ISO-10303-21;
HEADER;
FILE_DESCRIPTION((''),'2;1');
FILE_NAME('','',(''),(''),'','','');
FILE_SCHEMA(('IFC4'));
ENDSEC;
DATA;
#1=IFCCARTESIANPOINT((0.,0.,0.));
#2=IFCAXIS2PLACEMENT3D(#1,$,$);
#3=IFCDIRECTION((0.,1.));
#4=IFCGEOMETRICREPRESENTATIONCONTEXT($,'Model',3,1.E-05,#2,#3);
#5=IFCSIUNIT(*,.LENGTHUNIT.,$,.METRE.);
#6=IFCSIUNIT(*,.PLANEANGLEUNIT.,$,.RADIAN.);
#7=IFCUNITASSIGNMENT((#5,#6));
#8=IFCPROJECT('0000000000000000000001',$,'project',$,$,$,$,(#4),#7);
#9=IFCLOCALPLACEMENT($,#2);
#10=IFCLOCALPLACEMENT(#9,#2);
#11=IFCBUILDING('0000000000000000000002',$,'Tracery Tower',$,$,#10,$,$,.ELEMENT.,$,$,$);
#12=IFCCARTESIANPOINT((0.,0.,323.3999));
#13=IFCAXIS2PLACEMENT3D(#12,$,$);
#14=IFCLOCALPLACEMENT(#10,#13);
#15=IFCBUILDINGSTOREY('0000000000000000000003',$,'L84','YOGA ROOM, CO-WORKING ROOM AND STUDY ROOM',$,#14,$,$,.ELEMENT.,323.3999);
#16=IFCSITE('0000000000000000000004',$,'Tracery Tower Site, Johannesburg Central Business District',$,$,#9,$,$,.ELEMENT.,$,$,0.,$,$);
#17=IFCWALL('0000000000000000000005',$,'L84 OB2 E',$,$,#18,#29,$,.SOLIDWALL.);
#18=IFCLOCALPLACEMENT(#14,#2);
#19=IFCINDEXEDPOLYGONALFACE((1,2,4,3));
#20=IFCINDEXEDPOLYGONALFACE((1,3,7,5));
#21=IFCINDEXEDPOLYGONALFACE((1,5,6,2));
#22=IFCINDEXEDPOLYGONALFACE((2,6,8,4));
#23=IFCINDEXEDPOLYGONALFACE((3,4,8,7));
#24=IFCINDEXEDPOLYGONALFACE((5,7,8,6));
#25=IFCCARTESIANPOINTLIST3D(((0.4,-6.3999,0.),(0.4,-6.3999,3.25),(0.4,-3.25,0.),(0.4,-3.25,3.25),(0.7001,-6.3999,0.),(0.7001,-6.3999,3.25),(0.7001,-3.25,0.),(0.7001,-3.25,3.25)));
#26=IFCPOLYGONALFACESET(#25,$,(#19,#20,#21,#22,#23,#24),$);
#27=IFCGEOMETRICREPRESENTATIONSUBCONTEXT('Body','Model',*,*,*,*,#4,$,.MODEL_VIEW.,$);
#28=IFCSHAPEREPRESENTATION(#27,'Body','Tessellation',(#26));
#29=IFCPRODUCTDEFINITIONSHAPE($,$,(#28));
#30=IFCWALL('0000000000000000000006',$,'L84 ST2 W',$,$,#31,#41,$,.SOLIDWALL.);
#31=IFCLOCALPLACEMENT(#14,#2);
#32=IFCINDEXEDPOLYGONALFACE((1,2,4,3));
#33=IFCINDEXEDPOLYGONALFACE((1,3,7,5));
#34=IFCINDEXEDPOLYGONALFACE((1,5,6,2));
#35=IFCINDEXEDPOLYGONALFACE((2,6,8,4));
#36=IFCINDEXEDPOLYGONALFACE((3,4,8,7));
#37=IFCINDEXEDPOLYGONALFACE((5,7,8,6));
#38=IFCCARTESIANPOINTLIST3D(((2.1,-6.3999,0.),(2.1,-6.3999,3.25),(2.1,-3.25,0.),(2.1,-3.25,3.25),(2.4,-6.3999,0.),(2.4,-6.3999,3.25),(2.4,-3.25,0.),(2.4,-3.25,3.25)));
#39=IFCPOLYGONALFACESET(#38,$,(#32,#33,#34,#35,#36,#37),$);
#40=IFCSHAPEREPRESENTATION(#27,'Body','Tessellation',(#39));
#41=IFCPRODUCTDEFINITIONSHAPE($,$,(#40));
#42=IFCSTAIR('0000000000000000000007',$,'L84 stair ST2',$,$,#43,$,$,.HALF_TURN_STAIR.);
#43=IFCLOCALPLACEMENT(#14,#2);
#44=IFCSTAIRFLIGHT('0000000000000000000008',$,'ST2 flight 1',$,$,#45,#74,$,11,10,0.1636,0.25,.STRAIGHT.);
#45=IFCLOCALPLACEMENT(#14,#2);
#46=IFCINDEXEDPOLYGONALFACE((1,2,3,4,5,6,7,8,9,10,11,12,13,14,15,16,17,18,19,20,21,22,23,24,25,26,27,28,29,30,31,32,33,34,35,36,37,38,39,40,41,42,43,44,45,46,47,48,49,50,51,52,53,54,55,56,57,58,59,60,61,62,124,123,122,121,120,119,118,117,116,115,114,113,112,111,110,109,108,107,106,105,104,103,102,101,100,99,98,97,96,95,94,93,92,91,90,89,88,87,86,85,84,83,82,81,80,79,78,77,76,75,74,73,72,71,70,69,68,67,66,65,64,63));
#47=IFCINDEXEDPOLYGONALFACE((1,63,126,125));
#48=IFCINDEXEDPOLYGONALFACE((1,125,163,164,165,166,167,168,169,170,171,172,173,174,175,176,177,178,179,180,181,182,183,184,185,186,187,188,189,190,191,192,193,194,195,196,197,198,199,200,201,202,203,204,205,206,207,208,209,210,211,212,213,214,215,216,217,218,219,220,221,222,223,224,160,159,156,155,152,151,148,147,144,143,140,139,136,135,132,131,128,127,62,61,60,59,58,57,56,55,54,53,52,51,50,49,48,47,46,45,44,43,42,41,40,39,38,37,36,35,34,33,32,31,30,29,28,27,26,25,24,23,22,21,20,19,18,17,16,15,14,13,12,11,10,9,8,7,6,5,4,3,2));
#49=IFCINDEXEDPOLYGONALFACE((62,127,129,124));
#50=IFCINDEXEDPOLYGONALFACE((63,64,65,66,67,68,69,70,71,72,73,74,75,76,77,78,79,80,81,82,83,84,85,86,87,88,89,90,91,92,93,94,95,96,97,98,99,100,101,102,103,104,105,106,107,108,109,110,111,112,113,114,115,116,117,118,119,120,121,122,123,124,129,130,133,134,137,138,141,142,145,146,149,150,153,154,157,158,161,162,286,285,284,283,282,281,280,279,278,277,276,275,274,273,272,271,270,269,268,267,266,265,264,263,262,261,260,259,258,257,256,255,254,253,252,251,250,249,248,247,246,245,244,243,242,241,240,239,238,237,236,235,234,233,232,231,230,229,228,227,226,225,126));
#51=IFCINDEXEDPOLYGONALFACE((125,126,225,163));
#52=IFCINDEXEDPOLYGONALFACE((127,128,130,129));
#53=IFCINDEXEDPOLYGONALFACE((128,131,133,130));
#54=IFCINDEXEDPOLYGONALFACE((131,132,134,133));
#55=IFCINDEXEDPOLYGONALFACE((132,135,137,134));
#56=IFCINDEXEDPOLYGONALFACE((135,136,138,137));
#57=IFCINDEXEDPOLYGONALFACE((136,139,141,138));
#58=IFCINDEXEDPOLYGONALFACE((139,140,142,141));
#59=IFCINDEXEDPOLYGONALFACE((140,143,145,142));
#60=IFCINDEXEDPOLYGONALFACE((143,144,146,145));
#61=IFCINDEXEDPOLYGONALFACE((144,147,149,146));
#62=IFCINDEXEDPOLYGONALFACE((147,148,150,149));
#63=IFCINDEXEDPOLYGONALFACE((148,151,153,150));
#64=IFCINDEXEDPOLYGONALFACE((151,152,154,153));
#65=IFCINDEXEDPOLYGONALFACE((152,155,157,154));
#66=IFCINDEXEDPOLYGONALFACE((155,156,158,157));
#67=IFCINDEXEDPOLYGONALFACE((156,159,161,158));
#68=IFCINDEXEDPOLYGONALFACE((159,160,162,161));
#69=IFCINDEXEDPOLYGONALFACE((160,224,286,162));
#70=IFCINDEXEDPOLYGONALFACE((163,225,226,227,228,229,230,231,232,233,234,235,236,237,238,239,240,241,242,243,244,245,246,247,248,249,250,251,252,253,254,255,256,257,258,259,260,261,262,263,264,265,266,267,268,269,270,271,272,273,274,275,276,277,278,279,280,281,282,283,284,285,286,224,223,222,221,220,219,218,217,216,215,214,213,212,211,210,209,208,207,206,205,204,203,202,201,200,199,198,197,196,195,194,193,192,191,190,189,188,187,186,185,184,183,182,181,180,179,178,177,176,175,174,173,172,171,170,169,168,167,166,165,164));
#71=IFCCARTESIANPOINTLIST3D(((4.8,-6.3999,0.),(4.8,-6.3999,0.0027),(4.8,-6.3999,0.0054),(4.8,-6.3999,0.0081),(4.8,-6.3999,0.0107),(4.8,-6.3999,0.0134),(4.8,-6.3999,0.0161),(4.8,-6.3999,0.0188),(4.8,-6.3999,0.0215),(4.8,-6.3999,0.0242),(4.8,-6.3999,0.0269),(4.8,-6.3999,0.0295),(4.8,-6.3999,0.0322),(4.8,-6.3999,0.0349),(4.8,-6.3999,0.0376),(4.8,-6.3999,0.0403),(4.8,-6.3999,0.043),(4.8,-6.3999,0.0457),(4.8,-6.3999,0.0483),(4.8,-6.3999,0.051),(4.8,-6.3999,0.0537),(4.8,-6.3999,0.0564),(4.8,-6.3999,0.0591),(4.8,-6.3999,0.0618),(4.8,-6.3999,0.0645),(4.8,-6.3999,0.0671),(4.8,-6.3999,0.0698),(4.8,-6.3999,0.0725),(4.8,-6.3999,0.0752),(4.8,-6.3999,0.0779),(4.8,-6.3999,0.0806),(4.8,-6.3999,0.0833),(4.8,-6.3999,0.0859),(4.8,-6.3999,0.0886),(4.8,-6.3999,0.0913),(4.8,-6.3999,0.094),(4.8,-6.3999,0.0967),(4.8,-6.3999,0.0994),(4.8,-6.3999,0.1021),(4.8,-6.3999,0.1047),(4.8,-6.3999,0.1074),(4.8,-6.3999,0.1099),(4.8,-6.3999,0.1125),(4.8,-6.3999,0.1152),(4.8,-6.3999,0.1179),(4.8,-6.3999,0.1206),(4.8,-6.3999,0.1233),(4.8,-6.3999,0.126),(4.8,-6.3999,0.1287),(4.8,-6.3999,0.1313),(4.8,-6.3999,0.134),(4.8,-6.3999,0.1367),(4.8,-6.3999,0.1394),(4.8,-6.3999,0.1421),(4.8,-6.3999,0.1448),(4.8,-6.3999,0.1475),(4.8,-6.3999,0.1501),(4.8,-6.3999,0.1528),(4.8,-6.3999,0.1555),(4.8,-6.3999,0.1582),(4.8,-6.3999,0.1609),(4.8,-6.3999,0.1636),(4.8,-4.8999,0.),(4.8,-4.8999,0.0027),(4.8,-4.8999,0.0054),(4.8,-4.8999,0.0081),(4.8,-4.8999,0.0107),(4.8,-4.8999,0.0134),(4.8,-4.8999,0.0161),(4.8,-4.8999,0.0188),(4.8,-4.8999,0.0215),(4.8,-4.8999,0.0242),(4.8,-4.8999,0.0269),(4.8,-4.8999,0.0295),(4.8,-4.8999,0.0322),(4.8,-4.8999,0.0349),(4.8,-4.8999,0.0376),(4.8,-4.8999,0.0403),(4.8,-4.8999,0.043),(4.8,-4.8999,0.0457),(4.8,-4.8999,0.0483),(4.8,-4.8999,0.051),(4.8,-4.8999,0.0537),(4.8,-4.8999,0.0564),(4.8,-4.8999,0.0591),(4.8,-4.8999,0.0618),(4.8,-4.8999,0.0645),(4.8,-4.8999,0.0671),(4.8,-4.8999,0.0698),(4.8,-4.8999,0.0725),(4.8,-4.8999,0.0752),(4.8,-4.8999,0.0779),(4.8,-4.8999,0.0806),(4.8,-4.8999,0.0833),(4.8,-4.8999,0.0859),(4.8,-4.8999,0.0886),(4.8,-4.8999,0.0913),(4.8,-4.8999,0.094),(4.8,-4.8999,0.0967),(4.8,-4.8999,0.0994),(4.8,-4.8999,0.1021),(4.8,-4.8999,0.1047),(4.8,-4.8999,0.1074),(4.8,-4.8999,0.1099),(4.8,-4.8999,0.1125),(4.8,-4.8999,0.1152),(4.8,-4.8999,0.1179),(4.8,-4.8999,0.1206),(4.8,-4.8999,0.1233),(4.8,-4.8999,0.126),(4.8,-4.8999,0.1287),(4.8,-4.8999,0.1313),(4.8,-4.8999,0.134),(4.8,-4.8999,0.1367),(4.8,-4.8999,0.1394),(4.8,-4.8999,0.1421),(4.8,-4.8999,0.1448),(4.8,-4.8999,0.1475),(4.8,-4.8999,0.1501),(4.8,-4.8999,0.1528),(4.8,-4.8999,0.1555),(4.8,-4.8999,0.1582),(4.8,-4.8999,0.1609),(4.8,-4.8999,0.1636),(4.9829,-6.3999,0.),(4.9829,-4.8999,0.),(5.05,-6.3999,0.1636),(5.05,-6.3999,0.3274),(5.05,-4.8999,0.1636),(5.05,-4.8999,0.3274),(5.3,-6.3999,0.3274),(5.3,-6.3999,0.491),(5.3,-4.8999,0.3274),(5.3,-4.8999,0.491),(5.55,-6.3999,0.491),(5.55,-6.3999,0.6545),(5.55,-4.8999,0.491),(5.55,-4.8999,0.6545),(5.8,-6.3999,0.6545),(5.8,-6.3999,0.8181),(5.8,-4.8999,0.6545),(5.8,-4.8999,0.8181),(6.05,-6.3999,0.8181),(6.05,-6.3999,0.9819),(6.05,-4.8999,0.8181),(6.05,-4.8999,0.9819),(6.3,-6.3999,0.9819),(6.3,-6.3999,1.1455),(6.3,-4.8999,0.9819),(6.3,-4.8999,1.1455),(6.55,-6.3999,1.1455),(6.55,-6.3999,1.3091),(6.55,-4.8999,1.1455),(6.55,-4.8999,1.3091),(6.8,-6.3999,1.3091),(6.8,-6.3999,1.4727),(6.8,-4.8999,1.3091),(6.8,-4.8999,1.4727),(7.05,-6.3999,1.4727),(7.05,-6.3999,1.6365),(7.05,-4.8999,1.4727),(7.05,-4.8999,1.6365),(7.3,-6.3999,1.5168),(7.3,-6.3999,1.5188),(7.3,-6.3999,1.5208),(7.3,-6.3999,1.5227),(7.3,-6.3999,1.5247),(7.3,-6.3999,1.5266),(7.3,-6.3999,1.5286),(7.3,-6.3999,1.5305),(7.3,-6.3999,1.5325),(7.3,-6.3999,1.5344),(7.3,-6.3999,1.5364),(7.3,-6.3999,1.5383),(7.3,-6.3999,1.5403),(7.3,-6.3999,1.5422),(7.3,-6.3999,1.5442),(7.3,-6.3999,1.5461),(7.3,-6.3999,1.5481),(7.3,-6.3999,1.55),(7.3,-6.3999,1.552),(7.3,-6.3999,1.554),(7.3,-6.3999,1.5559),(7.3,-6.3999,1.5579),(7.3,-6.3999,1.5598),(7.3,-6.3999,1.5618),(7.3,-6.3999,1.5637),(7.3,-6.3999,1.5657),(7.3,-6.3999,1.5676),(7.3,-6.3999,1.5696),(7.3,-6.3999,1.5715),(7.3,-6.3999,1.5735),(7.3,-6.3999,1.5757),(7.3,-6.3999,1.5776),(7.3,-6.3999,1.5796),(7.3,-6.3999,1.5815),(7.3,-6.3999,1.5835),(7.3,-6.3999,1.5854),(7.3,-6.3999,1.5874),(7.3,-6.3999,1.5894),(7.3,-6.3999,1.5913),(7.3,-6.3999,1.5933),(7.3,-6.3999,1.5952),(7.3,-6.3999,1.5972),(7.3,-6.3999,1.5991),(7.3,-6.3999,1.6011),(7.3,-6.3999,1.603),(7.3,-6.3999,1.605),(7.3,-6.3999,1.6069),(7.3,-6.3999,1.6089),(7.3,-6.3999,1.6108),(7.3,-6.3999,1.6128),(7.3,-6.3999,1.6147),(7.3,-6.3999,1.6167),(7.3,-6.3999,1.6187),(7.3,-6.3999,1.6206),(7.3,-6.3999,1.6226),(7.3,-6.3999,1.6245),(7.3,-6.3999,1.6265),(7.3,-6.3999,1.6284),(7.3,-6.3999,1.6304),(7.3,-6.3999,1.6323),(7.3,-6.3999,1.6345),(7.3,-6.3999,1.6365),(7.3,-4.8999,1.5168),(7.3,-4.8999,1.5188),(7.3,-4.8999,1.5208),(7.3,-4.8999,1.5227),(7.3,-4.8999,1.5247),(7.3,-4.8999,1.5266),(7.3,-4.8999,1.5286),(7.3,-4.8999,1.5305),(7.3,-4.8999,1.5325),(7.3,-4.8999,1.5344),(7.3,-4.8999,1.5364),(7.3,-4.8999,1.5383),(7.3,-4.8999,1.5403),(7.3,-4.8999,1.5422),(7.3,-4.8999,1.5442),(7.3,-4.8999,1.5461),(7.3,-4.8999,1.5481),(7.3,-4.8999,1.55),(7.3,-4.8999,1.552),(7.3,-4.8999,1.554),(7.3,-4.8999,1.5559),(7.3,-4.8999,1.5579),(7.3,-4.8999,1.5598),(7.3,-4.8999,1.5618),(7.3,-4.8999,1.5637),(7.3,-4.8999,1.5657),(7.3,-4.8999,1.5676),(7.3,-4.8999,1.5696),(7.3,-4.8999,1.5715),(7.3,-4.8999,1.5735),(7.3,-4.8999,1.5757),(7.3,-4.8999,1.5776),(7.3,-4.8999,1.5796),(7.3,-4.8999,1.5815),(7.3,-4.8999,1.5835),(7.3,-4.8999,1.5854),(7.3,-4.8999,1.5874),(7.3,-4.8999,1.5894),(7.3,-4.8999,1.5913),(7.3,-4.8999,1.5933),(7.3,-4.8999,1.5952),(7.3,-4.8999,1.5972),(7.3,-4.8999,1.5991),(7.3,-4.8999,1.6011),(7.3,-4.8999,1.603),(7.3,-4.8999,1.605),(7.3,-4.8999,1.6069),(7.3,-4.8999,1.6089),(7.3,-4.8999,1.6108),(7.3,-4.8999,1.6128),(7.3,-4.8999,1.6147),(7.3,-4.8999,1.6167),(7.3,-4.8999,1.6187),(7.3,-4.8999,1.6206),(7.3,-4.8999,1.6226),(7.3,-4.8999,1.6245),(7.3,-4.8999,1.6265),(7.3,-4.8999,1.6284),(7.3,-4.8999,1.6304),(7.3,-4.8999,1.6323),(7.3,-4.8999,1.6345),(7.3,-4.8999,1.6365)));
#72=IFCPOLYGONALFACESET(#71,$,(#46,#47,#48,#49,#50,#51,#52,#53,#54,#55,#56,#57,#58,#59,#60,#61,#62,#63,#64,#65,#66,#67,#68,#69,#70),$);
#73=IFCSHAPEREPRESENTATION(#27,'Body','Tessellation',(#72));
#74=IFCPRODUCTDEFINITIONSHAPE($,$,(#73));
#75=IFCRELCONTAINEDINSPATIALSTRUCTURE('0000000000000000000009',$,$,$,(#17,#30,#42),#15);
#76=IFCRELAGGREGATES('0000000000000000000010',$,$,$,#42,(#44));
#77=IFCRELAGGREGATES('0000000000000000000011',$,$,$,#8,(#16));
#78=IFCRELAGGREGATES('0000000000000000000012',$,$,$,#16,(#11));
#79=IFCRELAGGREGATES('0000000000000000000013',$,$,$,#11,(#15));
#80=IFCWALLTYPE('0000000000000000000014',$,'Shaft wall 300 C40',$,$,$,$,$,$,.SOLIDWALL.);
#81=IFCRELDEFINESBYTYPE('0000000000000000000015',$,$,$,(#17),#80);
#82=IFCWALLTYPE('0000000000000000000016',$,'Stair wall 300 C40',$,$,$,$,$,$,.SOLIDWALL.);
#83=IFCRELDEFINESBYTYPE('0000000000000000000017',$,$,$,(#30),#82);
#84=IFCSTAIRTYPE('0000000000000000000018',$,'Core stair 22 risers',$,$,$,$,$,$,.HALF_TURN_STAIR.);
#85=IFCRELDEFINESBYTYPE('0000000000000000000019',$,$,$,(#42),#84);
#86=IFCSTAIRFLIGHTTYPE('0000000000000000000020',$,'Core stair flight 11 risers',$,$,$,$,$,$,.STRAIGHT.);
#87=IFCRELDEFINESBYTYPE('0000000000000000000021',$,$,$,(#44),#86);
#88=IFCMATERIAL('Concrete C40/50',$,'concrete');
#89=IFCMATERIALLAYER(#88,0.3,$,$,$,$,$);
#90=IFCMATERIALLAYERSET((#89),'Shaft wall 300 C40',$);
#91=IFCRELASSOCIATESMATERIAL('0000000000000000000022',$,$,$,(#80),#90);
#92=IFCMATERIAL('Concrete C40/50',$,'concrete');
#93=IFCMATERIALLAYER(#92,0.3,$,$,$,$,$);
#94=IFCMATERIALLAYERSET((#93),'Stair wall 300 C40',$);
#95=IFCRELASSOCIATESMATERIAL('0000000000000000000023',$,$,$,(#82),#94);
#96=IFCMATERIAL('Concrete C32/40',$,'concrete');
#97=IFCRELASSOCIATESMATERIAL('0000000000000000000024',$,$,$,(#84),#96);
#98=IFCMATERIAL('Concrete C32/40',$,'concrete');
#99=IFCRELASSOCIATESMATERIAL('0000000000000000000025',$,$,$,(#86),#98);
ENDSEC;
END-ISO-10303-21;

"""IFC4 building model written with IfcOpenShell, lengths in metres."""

from ifc_helpers import new_model, si_unit, direction, frame, frame_2d, origin, place, context, subcontext, project, spatial, polyline, rectangle, outline, extrude, material, layer, layer_set, type_object, element, aggregate, save


model = new_model("IFC4")

# Units and contexts
model_context = context("Model", 3, precision=1e-05, world=origin(), true_north=direction((0.0, 1.0)))
body_context = subcontext(model_context, "Body", "Model", "MODEL_VIEW")
ifc_project = project(units=[si_unit("LENGTHUNIT", "METRE"), si_unit("PLANEANGLEUNIT", "RADIAN")], contexts=[model_context])

# Site, building, storey
site_placement = place(None, origin())
site = spatial("IfcSite", under=ifc_project, at=site_placement, Name="Tracery Tower Site, Johannesburg Central Business District", CompositionType="ELEMENT", RefElevation=0.0)
building_placement = place(site_placement, origin())
building = spatial("IfcBuilding", under=site, at=building_placement, Name="Tracery Tower", CompositionType="ELEMENT")
storey_placement = place(building_placement, frame((0.0, 0.0, 323.3999)))
storey = spatial("IfcBuildingStorey", under=building, at=storey_placement, Name="L84", Description="YOGA ROOM, CO-WORKING ROOM AND STUDY ROOM", CompositionType="ELEMENT", Elevation=323.3999)

# Wall
ifc_material_1 = material(Name="Concrete C40/50", Category="concrete")
ifc_layer_1 = layer(ifc_material_1, 0.3)
ifc_layer_set_1 = layer_set([ifc_layer_1], Name="Shaft wall 300 C40")
wall_type_1 = type_object("IfcWallType", Name="Shaft wall 300 C40", PredefinedType="SOLIDWALL", material=ifc_layer_set_1)
wall_1_placement = place(storey_placement, frame((0.55, -6.3999, 0.0), z_axis=(0.0, 0.0, 1.0), x_axis=(0.0, 1.0, 0.0)))
element("IfcWall", 1, at=wall_1_placement, inside=storey, type_object=wall_type_1, Name="L84 OB2 E", PredefinedType="SOLIDWALL", context=body_context, shape_type="SweptSolid", body=[
    extrude(rectangle(XDim=3.1499, YDim=0.3, at=frame_2d((1.575, 0.0))), origin(), (0.0, 0.0, 1.0), 3.25),
])

# Shared definitions
ifc_material_2 = material(Name="Concrete C40/50", Category="concrete")
ifc_layer_2 = layer(ifc_material_2, 0.3)
ifc_layer_set_2 = layer_set([ifc_layer_2], Name="Stair wall 300 C40")
wall_type_2 = type_object("IfcWallType", Name="Stair wall 300 C40", PredefinedType="SOLIDWALL", material=ifc_layer_set_2)

# Wall
wall_2_placement = place(storey_placement, frame((2.25, -6.3999, 0.0), z_axis=(0.0, 0.0, 1.0), x_axis=(0.0, 1.0, 0.0)))
element("IfcWall", 2, at=wall_2_placement, inside=storey, type_object=wall_type_2, Name="L84 ST2 W", PredefinedType="SOLIDWALL", context=body_context, shape_type="SweptSolid", body=[
    extrude(rectangle(XDim=3.1499, YDim=0.3, at=frame_2d((1.575, 0.0))), origin(), (0.0, 0.0, 1.0), 3.25),
])

# Stair, stair flight
ifc_material_3 = material(Name="Concrete C32/40", Category="concrete")
stair_type = type_object("IfcStairType", Name="Core stair 22 risers", PredefinedType="HALF_TURN_STAIR", material=ifc_material_3)
stair_placement = place(storey_placement, origin())
stair = element("IfcStair", 3, at=stair_placement, inside=storey, type_object=stair_type, Name="L84 stair ST2", PredefinedType="HALF_TURN_STAIR")
ifc_material_4 = material(Name="Concrete C32/40", Category="concrete")
stair_flight_type = type_object("IfcStairFlightType", Name="Core stair flight 11 risers", PredefinedType="STRAIGHT", material=ifc_material_4)
stair_flight_placement = place(storey_placement, frame((4.8, -5.6499, 0.0), z_axis=(0.0, 0.0, 1.0), x_axis=(1.0, 0.0, 0.0)))
stair_flight = element("IfcStairFlight", 4, at=stair_flight_placement, type_object=stair_flight_type, Name="ST2 flight 1", NumberOfRisers=11, NumberOfTreads=10, PredefinedType="STRAIGHT", RiserHeight=0.1636, TreadLength=0.25, context=body_context, shape_type="SweptSolid", body=[
    extrude(outline(polyline([(0.0, 0.0), (0.0, 0.0027), (0.0, 0.0054), (0.0, 0.0081), (0.0, 0.0107), (0.0, 0.0134), (0.0, 0.0161), (0.0, 0.0188), (0.0, 0.0215), (0.0, 0.0242), (0.0, 0.0269), (0.0, 0.0295), (0.0, 0.0322), (0.0, 0.0349), (0.0, 0.0376), (0.0, 0.0403), (0.0, 0.043), (0.0, 0.0457), (0.0, 0.0483), (0.0, 0.051), (0.0, 0.0537), (0.0, 0.0564), (0.0, 0.0591), (0.0, 0.0618), (0.0, 0.0645), (0.0, 0.0671), (0.0, 0.0698), (0.0, 0.0725), (0.0, 0.0752), (0.0, 0.0779), (0.0, 0.0806), (0.0, 0.0833), (0.0, 0.0859), (0.0, 0.0886), (0.0, 0.0913), (0.0, 0.094), (0.0, 0.0967), (0.0, 0.0994), (0.0, 0.1021), (0.0, 0.1047), (0.0, 0.1074), (0.0, 0.1099), (0.0, 0.1125), (0.0, 0.1152), (0.0, 0.1179), (0.0, 0.1206), (0.0, 0.1233), (0.0, 0.126), (0.0, 0.1287), (0.0, 0.1313), (0.0, 0.134), (0.0, 0.1367), (0.0, 0.1394), (0.0, 0.1421), (0.0, 0.1448), (0.0, 0.1475), (0.0, 0.1501), (0.0, 0.1528), (0.0, 0.1555), (0.0, 0.1582), (0.0, 0.1609), (0.0, 0.1636), (0.25, 0.1636), (0.25, 0.3274), (0.5, 0.3274), (0.5, 0.491), (0.75, 0.491), (0.75, 0.6545), (1.0, 0.6545), (1.0, 0.8181), (1.25, 0.8181), (1.25, 0.9819), (1.5, 0.9819), (1.5, 1.1455), (1.75, 1.1455), (1.75, 1.3091), (2.0, 1.3091), (2.0, 1.4727), (2.25, 1.4727), (2.25, 1.6365), (2.5, 1.6365), (2.5, 1.6345), (2.5, 1.6323), (2.5, 1.6304), (2.5, 1.6284), (2.5, 1.6265), (2.5, 1.6245), (2.5, 1.6226), (2.5, 1.6206), (2.5, 1.6187), (2.5, 1.6167), (2.5, 1.6147), (2.5, 1.6128), (2.5, 1.6108), (2.5, 1.6089), (2.5, 1.6069), (2.5, 1.605), (2.5, 1.603), (2.5, 1.6011), (2.5, 1.5991), (2.5, 1.5972), (2.5, 1.5952), (2.5, 1.5933), (2.5, 1.5913), (2.5, 1.5894), (2.5, 1.5874), (2.5, 1.5854), (2.5, 1.5835), (2.5, 1.5815), (2.5, 1.5796), (2.5, 1.5776), (2.5, 1.5757), (2.5, 1.5735), (2.5, 1.5715), (2.5, 1.5696), (2.5, 1.5676), (2.5, 1.5657), (2.5, 1.5637), (2.5, 1.5618), (2.5, 1.5598), (2.5, 1.5579), (2.5, 1.5559), (2.5, 1.554), (2.5, 1.552), (2.5, 1.55), (2.5, 1.5481), (2.5, 1.5461), (2.5, 1.5442), (2.5, 1.5422), (2.5, 1.5403), (2.5, 1.5383), (2.5, 1.5364), (2.5, 1.5344), (2.5, 1.5325), (2.5, 1.5305), (2.5, 1.5286), (2.5, 1.5266), (2.5, 1.5247), (2.5, 1.5227), (2.5, 1.5208), (2.5, 1.5188), (2.5, 1.5168), (0.1829, 0.0), (0.0, 0.0)])), frame((0.0, 0.75, 0.0), z_axis=(0.0, -1.0, 0.0), x_axis=(1.0, 0.0, 0.0)), (0.0, 0.0, 1.0), 1.5),
])
aggregate(stair, [stair_flight])

save(model, "model.ifc")
